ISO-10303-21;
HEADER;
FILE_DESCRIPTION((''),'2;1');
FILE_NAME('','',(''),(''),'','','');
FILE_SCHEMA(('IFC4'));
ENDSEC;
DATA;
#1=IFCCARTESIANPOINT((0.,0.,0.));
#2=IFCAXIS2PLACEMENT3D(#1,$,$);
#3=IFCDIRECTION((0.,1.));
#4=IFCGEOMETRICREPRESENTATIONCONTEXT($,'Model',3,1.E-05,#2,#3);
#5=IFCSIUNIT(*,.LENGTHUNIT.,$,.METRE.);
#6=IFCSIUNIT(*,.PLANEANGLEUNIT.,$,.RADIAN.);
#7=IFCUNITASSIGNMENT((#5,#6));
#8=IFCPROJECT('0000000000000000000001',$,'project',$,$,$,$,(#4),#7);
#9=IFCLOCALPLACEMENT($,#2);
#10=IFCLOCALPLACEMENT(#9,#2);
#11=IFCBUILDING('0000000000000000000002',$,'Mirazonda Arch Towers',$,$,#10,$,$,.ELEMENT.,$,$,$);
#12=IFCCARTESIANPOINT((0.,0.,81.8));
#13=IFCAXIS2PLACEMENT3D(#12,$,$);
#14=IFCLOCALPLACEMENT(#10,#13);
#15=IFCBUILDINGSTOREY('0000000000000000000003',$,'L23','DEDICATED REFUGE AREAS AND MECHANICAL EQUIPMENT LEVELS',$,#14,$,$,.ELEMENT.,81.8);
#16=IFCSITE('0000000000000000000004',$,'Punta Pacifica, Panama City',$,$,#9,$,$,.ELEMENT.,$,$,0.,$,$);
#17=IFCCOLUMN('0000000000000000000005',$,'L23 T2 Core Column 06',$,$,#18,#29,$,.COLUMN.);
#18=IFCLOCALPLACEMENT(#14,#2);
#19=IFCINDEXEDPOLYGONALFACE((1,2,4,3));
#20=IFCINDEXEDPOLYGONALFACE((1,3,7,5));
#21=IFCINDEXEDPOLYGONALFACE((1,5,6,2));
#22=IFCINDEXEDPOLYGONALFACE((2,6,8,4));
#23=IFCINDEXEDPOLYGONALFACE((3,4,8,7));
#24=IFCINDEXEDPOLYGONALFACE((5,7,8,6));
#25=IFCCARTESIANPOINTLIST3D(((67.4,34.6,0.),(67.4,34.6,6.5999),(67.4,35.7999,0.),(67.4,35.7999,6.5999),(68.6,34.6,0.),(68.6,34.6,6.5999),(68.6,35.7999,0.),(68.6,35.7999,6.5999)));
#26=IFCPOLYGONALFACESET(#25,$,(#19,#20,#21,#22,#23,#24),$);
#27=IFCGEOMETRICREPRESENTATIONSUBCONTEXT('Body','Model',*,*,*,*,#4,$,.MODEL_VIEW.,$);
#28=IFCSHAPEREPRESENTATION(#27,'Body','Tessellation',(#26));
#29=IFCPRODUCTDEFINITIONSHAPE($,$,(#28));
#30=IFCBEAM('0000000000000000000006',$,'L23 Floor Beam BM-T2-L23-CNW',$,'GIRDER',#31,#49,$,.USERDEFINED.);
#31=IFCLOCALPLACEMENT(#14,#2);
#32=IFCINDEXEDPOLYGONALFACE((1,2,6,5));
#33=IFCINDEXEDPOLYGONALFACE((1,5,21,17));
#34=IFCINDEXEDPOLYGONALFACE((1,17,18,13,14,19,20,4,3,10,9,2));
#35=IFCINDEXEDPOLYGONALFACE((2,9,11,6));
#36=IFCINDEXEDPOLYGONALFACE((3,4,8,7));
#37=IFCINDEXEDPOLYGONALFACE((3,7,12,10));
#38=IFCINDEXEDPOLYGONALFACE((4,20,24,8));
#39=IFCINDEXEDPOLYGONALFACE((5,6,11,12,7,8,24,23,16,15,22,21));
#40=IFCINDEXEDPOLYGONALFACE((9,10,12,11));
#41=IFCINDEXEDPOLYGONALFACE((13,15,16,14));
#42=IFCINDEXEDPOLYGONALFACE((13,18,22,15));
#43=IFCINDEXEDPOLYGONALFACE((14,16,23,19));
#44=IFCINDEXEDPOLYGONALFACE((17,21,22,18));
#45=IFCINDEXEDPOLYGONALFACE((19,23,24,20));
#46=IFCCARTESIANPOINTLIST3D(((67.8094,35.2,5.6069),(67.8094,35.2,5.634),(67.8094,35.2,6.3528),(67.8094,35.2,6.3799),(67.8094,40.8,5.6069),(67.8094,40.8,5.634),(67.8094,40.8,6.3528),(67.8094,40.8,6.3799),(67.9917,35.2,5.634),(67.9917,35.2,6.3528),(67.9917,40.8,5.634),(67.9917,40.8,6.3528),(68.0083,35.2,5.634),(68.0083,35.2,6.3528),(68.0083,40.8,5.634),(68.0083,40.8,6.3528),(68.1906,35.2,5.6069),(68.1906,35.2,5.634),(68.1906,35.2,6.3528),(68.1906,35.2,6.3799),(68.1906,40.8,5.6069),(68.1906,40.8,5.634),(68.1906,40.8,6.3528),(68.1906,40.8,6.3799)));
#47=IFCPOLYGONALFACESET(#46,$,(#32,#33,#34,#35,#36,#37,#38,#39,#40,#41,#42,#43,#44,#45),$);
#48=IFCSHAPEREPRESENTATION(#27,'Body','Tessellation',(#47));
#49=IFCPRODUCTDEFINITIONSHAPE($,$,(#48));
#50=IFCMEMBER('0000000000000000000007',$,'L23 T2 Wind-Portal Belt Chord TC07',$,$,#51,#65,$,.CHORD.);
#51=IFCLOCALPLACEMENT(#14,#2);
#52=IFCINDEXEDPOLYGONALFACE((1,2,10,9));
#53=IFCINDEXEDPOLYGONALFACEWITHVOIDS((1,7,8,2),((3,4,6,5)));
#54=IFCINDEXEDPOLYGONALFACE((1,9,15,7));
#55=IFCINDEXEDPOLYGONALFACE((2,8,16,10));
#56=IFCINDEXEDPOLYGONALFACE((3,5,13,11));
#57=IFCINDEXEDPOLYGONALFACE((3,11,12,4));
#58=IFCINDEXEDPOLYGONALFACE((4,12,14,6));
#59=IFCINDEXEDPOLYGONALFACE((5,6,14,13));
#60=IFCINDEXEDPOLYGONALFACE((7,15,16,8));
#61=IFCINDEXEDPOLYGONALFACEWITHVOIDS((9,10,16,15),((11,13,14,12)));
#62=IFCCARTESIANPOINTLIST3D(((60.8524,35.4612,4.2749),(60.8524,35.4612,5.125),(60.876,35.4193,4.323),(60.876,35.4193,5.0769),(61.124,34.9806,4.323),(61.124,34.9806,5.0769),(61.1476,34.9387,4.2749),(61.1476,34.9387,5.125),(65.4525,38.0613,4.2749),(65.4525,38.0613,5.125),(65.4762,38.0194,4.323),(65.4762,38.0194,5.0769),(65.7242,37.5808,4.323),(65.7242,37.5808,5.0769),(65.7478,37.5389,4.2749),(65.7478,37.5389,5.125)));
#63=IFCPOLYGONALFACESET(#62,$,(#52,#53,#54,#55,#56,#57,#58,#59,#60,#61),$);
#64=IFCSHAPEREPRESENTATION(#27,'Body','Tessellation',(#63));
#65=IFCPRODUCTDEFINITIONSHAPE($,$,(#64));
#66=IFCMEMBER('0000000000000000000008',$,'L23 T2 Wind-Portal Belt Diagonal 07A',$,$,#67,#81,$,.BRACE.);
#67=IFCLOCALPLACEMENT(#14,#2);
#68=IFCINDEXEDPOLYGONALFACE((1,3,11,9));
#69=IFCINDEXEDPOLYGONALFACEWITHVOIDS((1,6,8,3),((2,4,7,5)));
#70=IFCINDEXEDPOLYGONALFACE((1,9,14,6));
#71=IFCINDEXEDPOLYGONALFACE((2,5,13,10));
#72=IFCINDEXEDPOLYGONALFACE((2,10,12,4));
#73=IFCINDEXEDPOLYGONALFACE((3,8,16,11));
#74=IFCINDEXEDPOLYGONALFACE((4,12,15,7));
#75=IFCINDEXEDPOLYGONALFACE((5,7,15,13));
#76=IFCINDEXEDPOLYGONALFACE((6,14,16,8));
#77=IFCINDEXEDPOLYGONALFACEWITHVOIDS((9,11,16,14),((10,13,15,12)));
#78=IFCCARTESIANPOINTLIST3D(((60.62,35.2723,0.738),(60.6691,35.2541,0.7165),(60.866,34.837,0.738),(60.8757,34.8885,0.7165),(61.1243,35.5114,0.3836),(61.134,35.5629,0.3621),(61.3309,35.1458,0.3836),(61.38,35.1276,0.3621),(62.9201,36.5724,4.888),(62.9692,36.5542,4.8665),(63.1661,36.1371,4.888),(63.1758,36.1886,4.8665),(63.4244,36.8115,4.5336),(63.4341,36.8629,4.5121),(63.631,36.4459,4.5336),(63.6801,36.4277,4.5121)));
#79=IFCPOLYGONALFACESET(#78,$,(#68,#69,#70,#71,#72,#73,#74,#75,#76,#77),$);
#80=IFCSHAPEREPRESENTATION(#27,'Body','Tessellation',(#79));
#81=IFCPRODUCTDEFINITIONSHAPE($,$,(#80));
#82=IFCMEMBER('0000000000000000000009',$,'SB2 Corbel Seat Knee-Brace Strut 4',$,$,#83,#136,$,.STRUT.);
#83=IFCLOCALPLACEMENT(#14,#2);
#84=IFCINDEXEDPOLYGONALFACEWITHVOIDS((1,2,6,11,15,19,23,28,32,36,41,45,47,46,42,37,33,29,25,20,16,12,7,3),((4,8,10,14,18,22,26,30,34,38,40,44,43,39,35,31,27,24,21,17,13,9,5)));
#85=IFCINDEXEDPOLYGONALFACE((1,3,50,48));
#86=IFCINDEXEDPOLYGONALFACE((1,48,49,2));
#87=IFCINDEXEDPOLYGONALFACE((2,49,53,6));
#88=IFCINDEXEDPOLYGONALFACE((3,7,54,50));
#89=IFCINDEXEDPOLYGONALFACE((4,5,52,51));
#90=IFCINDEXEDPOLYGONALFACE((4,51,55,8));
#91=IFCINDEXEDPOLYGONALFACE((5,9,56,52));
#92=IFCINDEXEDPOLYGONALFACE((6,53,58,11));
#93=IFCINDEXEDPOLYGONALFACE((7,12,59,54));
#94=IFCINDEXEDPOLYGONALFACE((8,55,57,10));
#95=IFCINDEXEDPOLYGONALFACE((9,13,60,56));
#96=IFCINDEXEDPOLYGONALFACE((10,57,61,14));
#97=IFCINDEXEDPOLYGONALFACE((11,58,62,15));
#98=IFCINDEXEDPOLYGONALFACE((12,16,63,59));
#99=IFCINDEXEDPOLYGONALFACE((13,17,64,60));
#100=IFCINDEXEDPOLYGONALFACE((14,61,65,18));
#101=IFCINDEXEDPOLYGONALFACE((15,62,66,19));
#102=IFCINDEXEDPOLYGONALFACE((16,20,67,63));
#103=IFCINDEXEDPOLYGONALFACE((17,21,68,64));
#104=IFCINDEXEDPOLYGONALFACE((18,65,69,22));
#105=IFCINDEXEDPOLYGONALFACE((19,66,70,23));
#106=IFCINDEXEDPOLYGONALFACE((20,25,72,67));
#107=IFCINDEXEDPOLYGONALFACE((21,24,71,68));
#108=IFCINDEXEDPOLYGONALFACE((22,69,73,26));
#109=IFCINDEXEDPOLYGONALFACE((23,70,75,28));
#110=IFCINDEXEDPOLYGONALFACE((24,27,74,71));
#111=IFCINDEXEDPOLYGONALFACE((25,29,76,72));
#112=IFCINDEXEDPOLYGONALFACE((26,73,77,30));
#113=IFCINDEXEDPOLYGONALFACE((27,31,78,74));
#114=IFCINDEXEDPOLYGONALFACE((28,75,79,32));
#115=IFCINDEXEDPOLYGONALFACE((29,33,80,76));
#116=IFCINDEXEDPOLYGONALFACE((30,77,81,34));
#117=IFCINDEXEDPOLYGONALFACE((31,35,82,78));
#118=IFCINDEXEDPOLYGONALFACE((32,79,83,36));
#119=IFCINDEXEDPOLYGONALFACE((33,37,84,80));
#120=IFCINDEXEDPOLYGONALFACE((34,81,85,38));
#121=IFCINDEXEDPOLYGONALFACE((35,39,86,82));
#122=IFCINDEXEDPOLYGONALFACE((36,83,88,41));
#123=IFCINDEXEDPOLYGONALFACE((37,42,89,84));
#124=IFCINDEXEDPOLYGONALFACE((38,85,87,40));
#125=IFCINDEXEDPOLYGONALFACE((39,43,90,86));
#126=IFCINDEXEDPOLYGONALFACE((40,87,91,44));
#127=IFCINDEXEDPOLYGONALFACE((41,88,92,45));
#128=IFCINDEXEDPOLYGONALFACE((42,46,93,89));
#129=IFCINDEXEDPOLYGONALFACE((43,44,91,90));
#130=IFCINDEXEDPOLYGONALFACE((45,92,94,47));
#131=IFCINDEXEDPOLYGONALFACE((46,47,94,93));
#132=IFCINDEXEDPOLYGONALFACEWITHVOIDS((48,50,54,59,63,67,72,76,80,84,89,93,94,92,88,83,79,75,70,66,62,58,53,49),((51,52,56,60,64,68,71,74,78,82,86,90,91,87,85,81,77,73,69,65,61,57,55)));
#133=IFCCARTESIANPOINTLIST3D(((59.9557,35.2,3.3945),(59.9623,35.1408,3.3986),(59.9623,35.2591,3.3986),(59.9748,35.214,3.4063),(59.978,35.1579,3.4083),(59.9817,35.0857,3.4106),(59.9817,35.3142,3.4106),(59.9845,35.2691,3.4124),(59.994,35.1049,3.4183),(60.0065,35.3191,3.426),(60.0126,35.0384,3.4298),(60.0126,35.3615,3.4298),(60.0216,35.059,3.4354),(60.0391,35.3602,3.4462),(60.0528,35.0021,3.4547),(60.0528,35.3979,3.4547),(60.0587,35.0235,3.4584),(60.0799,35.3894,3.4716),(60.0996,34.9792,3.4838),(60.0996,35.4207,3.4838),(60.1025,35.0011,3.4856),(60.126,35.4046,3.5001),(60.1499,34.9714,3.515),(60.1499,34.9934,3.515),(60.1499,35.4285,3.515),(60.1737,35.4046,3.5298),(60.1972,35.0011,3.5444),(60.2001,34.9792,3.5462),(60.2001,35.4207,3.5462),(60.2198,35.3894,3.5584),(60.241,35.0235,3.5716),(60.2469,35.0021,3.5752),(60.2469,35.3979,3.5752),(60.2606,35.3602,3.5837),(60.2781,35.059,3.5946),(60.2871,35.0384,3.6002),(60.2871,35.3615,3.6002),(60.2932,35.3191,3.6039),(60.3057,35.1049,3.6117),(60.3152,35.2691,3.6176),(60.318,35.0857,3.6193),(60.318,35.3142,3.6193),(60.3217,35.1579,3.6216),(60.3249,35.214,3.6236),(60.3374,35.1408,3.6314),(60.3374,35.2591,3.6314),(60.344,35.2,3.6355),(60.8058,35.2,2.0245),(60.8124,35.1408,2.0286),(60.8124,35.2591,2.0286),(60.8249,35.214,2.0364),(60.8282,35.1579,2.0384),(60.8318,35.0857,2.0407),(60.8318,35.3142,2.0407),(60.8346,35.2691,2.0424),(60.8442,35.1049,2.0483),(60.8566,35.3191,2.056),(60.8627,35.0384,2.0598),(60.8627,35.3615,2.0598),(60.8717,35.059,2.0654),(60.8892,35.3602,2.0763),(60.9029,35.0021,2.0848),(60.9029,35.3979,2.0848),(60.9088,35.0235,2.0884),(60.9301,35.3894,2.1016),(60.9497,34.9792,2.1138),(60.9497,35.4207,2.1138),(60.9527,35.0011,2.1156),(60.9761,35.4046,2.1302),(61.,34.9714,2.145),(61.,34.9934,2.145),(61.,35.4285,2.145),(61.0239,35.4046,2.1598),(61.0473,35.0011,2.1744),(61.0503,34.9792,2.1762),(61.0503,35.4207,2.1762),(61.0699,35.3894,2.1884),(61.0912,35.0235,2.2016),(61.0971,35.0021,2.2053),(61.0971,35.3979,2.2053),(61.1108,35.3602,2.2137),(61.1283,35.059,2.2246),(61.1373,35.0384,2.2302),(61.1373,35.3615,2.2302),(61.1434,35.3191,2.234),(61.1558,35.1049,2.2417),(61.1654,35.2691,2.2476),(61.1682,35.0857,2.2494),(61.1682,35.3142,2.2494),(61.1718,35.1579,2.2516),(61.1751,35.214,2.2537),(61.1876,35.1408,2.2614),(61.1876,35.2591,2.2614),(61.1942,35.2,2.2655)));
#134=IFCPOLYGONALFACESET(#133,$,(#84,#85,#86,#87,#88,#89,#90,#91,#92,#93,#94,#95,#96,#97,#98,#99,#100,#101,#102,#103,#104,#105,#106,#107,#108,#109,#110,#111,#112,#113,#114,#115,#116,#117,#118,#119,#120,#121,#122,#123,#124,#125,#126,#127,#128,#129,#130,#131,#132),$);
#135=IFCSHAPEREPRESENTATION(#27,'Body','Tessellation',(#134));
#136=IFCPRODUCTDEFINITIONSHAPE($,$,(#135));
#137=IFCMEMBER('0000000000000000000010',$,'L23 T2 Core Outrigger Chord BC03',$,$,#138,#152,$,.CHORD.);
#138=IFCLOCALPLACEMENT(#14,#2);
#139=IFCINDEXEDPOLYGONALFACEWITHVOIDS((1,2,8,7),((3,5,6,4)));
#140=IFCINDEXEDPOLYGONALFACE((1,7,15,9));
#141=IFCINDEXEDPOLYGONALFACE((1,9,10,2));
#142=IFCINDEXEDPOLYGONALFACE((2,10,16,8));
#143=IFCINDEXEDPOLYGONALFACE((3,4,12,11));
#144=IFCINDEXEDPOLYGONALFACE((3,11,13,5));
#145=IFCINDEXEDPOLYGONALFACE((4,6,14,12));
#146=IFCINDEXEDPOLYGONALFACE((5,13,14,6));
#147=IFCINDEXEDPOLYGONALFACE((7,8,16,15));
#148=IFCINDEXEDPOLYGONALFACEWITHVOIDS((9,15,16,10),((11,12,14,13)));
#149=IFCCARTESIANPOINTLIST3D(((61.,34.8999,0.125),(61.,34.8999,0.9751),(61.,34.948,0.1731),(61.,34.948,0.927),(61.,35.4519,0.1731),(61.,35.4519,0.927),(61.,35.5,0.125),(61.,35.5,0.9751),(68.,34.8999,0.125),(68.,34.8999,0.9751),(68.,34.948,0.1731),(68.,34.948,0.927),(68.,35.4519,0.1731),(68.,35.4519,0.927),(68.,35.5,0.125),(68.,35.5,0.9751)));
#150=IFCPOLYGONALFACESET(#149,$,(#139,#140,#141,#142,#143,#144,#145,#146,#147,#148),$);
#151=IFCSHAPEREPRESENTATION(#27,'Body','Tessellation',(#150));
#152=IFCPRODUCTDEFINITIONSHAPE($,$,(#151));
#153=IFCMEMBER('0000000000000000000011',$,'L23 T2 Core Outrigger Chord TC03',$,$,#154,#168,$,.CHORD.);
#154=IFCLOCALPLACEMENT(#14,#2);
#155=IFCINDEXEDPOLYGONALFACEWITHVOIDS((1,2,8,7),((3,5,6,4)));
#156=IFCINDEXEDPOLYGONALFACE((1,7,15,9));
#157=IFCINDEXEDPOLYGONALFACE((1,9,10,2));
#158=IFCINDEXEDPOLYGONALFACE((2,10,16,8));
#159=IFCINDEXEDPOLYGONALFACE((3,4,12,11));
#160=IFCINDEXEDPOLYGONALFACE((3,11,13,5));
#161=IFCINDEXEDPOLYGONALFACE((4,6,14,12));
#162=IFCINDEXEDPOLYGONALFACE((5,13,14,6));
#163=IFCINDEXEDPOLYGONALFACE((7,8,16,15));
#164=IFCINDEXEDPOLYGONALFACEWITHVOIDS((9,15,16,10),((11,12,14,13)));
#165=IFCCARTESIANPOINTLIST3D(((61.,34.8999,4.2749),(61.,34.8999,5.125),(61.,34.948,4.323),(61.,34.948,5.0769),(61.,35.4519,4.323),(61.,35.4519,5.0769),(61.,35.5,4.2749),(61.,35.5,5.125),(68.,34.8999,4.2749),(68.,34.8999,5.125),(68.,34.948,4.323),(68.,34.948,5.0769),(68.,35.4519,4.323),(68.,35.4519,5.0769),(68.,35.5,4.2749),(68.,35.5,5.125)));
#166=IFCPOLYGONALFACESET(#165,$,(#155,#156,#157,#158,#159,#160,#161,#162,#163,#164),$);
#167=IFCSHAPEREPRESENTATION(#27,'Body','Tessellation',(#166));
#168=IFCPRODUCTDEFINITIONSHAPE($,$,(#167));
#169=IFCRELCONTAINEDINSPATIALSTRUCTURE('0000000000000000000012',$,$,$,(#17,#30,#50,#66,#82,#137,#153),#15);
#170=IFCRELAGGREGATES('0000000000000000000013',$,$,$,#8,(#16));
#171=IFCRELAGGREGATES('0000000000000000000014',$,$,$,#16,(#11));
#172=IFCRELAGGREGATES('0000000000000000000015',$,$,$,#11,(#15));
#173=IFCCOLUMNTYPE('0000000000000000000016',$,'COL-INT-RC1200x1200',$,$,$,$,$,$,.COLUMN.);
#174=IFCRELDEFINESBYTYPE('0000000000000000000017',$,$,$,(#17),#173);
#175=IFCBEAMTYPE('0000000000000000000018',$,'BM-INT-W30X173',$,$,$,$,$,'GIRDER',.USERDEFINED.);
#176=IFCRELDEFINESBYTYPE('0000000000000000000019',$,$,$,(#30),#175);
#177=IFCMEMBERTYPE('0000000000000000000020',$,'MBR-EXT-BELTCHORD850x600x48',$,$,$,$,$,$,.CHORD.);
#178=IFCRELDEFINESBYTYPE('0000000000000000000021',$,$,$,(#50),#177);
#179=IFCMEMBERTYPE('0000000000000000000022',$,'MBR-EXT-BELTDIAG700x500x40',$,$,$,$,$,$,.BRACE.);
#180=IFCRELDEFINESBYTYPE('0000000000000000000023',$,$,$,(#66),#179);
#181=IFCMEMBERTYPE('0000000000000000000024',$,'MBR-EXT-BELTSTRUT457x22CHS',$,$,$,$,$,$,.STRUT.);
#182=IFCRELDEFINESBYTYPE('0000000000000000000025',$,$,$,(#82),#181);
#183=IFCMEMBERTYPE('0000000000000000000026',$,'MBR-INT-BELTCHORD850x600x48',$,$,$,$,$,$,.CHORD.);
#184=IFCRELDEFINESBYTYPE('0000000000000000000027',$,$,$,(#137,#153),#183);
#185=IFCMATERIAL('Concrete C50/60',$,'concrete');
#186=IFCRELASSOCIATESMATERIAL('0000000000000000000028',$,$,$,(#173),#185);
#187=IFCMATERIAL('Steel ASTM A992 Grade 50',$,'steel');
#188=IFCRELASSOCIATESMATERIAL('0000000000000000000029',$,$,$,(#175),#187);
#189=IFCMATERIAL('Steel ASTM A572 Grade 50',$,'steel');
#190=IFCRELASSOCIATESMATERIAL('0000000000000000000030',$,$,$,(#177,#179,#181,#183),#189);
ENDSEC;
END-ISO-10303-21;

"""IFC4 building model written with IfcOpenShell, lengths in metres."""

from ifc_helpers import new_model, si_unit, direction, frame, origin, origin_2d, place, context, subcontext, project, spatial, rectangle, hollow_rectangle, hollow_circle, i_section, extrude, material, material_profile, profile_set, type_object, element, save


model = new_model("IFC4")

# Units and contexts
model_context = context("Model", 3, precision=1e-05, world=origin(), true_north=direction((0.0, 1.0)))
body_context = subcontext(model_context, "Body", "Model", "MODEL_VIEW")
ifc_project = project(units=[si_unit("LENGTHUNIT", "METRE"), si_unit("PLANEANGLEUNIT", "RADIAN")], contexts=[model_context])

# Site, building, storey
site_placement = place(None, origin())
site = spatial("IfcSite", under=ifc_project, at=site_placement, Name="Punta Pacifica, Panama City", CompositionType="ELEMENT", RefElevation=0.0)
building_placement = place(site_placement, origin())
building = spatial("IfcBuilding", under=site, at=building_placement, Name="Mirazonda Arch Towers", CompositionType="ELEMENT")
storey_placement = place(building_placement, frame((0.0, 0.0, 81.8)))
storey = spatial("IfcBuildingStorey", under=building, at=storey_placement, Name="L23", Description="DEDICATED REFUGE AREAS AND MECHANICAL EQUIPMENT LEVELS", CompositionType="ELEMENT", Elevation=81.8)

# Column
ifc_material_1 = material(Name="Concrete C50/60", Category="concrete")
ifc_material_profile_1 = material_profile(ifc_material_1, rectangle(XDim=1.2, YDim=1.2, at=origin_2d()), Name="RC1200x1200")
ifc_profile_set_1 = profile_set([ifc_material_profile_1], Name="Concrete C50/60")
column_type = type_object("IfcColumnType", Name="COL-INT-RC1200x1200", PredefinedType="COLUMN", material=ifc_profile_set_1)
column_placement = place(storey_placement, frame((68.0, 35.2, 0.0), z_axis=(0.0, 0.0, 1.0), x_axis=(1.0, 0.0, 0.0)))
element("IfcColumn", 1, at=column_placement, inside=storey, type_object=column_type, Name="L23 T2 Core Column 06", PredefinedType="COLUMN", context=body_context, shape_type="SweptSolid", body=[
    extrude(rectangle(XDim=1.2, YDim=1.2, at=origin_2d()), origin(), (0.0, 0.0, 1.0), 6.5999),
])

# Beam
ifc_material_2 = material(Name="Steel ASTM A992 Grade 50", Category="steel")
ifc_material_profile_2 = material_profile(ifc_material_2, i_section(OverallWidth=0.3811, OverallDepth=0.7729, WebThickness=0.0166, FlangeThickness=0.0271, at=origin_2d()), Name="W30X173")
ifc_profile_set_2 = profile_set([ifc_material_profile_2], Name="Steel ASTM A992 Grade 50")
beam_type = type_object("IfcBeamType", Name="BM-INT-W30X173", ElementType="GIRDER", PredefinedType="USERDEFINED", material=ifc_profile_set_2)
beam_placement = place(storey_placement, frame((68.0, 35.2, 5.9934), z_axis=(0.0, 1.0, 0.0), x_axis=(-1.0, 0.0, 0.0)))
element("IfcBeam", 2, at=beam_placement, inside=storey, type_object=beam_type, Name="L23 Floor Beam BM-T2-L23-CNW", ObjectType="GIRDER", PredefinedType="USERDEFINED", context=body_context, shape_type="SweptSolid", body=[
    extrude(i_section(OverallWidth=0.3811, OverallDepth=0.7729, WebThickness=0.0166, FlangeThickness=0.0271, at=origin_2d()), origin(), (0.0, 0.0, 1.0), 5.6001),
])

# Members
ifc_material_3 = material(Name="Steel ASTM A572 Grade 50", Category="steel")
ifc_material_profile_3 = material_profile(ifc_material_3, hollow_rectangle(XDim=0.6001, YDim=0.8501, WallThickness=0.0481, at=origin_2d()), Name="BELTCHORD850x600x48")
ifc_profile_set_3 = profile_set([ifc_material_profile_3], Name="Steel ASTM A572 Grade 50")
member_type_1 = type_object("IfcMemberType", Name="MBR-EXT-BELTCHORD850x600x48", PredefinedType="CHORD", material=ifc_profile_set_3)
member_1_placement = place(storey_placement, frame((61.0, 35.2, 4.7), z_axis=(0.870559, 0.492063, 0.0), x_axis=(-0.492063, 0.870559, 0.0)))
element("IfcMember", 3, at=member_1_placement, inside=storey, type_object=member_type_1, Name="L23 T2 Wind-Portal Belt Chord TC07", PredefinedType="CHORD", context=body_context, shape_type="SweptSolid", body=[
    extrude(hollow_rectangle(XDim=0.6001, YDim=0.8501, WallThickness=0.0481, at=origin_2d()), origin(), (0.0, 0.0, 1.0), 5.2842),
])
ifc_material_profile_4 = material_profile(ifc_material_3, hollow_rectangle(XDim=0.5, YDim=0.7, WallThickness=0.04, at=origin_2d()), Name="BELTDIAG700x500x40")
ifc_profile_set_4 = profile_set([ifc_material_profile_4], Name="Steel ASTM A572 Grade 50")
member_type_2 = type_object("IfcMemberType", Name="MBR-EXT-BELTDIAG700x500x40", PredefinedType="BRACE", material=ifc_profile_set_4)
member_2_placement = place(storey_placement, frame((61.0, 35.2, 0.55), z_axis=(0.467532, 0.264261, 0.843552), x_axis=(-0.492063, 0.870559, 0.0)))
element("IfcMember", 4, at=member_2_placement, inside=storey, type_object=member_type_2, Name="L23 T2 Wind-Portal Belt Diagonal 07A", PredefinedType="BRACE", context=body_context, shape_type="SweptSolid", body=[
    extrude(hollow_rectangle(XDim=0.5, YDim=0.7, WallThickness=0.04, at=origin_2d()), origin(), (0.0, 0.0, 1.0), 4.9197),
])
ifc_material_profile_5 = material_profile(ifc_material_3, hollow_circle(Radius=0.2285, WallThickness=0.022, at=origin_2d()), Name="BELTSTRUT457x22CHS")
ifc_profile_set_5 = profile_set([ifc_material_profile_5], Name="Steel ASTM A572 Grade 50")
member_type_3 = type_object("IfcMemberType", Name="MBR-EXT-BELTSTRUT457x22CHS", PredefinedType="STRUT", material=ifc_profile_set_5)
member_3_placement = place(storey_placement, frame((61.0, 35.2, 2.145), z_axis=(-0.527287, 0.0, 0.849687), x_axis=(0.0, -1.0, 0.0)))
element("IfcMember", 5, at=member_3_placement, inside=storey, type_object=member_type_3, Name="SB2 Corbel Seat Knee-Brace Strut 4", PredefinedType="STRUT", context=body_context, shape_type="SweptSolid", body=[
    extrude(hollow_circle(Radius=0.2285, WallThickness=0.022, at=origin_2d()), origin(), (0.0, 0.0, 1.0), 1.6123),
])
ifc_material_profile_6 = material_profile(ifc_material_3, hollow_rectangle(XDim=0.6001, YDim=0.8501, WallThickness=0.0481, at=origin_2d()), Name="BELTCHORD850x600x48")
ifc_profile_set_6 = profile_set([ifc_material_profile_6], Name="Steel ASTM A572 Grade 50")
member_type_4 = type_object("IfcMemberType", Name="MBR-INT-BELTCHORD850x600x48", PredefinedType="CHORD", material=ifc_profile_set_6)
for number, where, z_axis, x_axis, name in (
    (6, (61.0, 35.2, 0.55), (1.0, 0.0, 0.0), (0.0, 1.0, 0.0), "L23 T2 Core Outrigger Chord BC03"),
    (7, (61.0, 35.2, 4.7), (1.0, 0.0, 0.0), (0.0, 1.0, 0.0), "L23 T2 Core Outrigger Chord TC03"),
):
    element("IfcMember", number, at=place(storey_placement, frame(where, z_axis=z_axis, x_axis=x_axis)), inside=storey, type_object=member_type_4, Name=name, PredefinedType="CHORD", context=body_context, shape_type="SweptSolid", body=[
        extrude(hollow_rectangle(XDim=0.6001, YDim=0.8501, WallThickness=0.0481, at=origin_2d()), origin(), (0.0, 0.0, 1.0), 7.0),
    ])

save(model, "model.ifc")
